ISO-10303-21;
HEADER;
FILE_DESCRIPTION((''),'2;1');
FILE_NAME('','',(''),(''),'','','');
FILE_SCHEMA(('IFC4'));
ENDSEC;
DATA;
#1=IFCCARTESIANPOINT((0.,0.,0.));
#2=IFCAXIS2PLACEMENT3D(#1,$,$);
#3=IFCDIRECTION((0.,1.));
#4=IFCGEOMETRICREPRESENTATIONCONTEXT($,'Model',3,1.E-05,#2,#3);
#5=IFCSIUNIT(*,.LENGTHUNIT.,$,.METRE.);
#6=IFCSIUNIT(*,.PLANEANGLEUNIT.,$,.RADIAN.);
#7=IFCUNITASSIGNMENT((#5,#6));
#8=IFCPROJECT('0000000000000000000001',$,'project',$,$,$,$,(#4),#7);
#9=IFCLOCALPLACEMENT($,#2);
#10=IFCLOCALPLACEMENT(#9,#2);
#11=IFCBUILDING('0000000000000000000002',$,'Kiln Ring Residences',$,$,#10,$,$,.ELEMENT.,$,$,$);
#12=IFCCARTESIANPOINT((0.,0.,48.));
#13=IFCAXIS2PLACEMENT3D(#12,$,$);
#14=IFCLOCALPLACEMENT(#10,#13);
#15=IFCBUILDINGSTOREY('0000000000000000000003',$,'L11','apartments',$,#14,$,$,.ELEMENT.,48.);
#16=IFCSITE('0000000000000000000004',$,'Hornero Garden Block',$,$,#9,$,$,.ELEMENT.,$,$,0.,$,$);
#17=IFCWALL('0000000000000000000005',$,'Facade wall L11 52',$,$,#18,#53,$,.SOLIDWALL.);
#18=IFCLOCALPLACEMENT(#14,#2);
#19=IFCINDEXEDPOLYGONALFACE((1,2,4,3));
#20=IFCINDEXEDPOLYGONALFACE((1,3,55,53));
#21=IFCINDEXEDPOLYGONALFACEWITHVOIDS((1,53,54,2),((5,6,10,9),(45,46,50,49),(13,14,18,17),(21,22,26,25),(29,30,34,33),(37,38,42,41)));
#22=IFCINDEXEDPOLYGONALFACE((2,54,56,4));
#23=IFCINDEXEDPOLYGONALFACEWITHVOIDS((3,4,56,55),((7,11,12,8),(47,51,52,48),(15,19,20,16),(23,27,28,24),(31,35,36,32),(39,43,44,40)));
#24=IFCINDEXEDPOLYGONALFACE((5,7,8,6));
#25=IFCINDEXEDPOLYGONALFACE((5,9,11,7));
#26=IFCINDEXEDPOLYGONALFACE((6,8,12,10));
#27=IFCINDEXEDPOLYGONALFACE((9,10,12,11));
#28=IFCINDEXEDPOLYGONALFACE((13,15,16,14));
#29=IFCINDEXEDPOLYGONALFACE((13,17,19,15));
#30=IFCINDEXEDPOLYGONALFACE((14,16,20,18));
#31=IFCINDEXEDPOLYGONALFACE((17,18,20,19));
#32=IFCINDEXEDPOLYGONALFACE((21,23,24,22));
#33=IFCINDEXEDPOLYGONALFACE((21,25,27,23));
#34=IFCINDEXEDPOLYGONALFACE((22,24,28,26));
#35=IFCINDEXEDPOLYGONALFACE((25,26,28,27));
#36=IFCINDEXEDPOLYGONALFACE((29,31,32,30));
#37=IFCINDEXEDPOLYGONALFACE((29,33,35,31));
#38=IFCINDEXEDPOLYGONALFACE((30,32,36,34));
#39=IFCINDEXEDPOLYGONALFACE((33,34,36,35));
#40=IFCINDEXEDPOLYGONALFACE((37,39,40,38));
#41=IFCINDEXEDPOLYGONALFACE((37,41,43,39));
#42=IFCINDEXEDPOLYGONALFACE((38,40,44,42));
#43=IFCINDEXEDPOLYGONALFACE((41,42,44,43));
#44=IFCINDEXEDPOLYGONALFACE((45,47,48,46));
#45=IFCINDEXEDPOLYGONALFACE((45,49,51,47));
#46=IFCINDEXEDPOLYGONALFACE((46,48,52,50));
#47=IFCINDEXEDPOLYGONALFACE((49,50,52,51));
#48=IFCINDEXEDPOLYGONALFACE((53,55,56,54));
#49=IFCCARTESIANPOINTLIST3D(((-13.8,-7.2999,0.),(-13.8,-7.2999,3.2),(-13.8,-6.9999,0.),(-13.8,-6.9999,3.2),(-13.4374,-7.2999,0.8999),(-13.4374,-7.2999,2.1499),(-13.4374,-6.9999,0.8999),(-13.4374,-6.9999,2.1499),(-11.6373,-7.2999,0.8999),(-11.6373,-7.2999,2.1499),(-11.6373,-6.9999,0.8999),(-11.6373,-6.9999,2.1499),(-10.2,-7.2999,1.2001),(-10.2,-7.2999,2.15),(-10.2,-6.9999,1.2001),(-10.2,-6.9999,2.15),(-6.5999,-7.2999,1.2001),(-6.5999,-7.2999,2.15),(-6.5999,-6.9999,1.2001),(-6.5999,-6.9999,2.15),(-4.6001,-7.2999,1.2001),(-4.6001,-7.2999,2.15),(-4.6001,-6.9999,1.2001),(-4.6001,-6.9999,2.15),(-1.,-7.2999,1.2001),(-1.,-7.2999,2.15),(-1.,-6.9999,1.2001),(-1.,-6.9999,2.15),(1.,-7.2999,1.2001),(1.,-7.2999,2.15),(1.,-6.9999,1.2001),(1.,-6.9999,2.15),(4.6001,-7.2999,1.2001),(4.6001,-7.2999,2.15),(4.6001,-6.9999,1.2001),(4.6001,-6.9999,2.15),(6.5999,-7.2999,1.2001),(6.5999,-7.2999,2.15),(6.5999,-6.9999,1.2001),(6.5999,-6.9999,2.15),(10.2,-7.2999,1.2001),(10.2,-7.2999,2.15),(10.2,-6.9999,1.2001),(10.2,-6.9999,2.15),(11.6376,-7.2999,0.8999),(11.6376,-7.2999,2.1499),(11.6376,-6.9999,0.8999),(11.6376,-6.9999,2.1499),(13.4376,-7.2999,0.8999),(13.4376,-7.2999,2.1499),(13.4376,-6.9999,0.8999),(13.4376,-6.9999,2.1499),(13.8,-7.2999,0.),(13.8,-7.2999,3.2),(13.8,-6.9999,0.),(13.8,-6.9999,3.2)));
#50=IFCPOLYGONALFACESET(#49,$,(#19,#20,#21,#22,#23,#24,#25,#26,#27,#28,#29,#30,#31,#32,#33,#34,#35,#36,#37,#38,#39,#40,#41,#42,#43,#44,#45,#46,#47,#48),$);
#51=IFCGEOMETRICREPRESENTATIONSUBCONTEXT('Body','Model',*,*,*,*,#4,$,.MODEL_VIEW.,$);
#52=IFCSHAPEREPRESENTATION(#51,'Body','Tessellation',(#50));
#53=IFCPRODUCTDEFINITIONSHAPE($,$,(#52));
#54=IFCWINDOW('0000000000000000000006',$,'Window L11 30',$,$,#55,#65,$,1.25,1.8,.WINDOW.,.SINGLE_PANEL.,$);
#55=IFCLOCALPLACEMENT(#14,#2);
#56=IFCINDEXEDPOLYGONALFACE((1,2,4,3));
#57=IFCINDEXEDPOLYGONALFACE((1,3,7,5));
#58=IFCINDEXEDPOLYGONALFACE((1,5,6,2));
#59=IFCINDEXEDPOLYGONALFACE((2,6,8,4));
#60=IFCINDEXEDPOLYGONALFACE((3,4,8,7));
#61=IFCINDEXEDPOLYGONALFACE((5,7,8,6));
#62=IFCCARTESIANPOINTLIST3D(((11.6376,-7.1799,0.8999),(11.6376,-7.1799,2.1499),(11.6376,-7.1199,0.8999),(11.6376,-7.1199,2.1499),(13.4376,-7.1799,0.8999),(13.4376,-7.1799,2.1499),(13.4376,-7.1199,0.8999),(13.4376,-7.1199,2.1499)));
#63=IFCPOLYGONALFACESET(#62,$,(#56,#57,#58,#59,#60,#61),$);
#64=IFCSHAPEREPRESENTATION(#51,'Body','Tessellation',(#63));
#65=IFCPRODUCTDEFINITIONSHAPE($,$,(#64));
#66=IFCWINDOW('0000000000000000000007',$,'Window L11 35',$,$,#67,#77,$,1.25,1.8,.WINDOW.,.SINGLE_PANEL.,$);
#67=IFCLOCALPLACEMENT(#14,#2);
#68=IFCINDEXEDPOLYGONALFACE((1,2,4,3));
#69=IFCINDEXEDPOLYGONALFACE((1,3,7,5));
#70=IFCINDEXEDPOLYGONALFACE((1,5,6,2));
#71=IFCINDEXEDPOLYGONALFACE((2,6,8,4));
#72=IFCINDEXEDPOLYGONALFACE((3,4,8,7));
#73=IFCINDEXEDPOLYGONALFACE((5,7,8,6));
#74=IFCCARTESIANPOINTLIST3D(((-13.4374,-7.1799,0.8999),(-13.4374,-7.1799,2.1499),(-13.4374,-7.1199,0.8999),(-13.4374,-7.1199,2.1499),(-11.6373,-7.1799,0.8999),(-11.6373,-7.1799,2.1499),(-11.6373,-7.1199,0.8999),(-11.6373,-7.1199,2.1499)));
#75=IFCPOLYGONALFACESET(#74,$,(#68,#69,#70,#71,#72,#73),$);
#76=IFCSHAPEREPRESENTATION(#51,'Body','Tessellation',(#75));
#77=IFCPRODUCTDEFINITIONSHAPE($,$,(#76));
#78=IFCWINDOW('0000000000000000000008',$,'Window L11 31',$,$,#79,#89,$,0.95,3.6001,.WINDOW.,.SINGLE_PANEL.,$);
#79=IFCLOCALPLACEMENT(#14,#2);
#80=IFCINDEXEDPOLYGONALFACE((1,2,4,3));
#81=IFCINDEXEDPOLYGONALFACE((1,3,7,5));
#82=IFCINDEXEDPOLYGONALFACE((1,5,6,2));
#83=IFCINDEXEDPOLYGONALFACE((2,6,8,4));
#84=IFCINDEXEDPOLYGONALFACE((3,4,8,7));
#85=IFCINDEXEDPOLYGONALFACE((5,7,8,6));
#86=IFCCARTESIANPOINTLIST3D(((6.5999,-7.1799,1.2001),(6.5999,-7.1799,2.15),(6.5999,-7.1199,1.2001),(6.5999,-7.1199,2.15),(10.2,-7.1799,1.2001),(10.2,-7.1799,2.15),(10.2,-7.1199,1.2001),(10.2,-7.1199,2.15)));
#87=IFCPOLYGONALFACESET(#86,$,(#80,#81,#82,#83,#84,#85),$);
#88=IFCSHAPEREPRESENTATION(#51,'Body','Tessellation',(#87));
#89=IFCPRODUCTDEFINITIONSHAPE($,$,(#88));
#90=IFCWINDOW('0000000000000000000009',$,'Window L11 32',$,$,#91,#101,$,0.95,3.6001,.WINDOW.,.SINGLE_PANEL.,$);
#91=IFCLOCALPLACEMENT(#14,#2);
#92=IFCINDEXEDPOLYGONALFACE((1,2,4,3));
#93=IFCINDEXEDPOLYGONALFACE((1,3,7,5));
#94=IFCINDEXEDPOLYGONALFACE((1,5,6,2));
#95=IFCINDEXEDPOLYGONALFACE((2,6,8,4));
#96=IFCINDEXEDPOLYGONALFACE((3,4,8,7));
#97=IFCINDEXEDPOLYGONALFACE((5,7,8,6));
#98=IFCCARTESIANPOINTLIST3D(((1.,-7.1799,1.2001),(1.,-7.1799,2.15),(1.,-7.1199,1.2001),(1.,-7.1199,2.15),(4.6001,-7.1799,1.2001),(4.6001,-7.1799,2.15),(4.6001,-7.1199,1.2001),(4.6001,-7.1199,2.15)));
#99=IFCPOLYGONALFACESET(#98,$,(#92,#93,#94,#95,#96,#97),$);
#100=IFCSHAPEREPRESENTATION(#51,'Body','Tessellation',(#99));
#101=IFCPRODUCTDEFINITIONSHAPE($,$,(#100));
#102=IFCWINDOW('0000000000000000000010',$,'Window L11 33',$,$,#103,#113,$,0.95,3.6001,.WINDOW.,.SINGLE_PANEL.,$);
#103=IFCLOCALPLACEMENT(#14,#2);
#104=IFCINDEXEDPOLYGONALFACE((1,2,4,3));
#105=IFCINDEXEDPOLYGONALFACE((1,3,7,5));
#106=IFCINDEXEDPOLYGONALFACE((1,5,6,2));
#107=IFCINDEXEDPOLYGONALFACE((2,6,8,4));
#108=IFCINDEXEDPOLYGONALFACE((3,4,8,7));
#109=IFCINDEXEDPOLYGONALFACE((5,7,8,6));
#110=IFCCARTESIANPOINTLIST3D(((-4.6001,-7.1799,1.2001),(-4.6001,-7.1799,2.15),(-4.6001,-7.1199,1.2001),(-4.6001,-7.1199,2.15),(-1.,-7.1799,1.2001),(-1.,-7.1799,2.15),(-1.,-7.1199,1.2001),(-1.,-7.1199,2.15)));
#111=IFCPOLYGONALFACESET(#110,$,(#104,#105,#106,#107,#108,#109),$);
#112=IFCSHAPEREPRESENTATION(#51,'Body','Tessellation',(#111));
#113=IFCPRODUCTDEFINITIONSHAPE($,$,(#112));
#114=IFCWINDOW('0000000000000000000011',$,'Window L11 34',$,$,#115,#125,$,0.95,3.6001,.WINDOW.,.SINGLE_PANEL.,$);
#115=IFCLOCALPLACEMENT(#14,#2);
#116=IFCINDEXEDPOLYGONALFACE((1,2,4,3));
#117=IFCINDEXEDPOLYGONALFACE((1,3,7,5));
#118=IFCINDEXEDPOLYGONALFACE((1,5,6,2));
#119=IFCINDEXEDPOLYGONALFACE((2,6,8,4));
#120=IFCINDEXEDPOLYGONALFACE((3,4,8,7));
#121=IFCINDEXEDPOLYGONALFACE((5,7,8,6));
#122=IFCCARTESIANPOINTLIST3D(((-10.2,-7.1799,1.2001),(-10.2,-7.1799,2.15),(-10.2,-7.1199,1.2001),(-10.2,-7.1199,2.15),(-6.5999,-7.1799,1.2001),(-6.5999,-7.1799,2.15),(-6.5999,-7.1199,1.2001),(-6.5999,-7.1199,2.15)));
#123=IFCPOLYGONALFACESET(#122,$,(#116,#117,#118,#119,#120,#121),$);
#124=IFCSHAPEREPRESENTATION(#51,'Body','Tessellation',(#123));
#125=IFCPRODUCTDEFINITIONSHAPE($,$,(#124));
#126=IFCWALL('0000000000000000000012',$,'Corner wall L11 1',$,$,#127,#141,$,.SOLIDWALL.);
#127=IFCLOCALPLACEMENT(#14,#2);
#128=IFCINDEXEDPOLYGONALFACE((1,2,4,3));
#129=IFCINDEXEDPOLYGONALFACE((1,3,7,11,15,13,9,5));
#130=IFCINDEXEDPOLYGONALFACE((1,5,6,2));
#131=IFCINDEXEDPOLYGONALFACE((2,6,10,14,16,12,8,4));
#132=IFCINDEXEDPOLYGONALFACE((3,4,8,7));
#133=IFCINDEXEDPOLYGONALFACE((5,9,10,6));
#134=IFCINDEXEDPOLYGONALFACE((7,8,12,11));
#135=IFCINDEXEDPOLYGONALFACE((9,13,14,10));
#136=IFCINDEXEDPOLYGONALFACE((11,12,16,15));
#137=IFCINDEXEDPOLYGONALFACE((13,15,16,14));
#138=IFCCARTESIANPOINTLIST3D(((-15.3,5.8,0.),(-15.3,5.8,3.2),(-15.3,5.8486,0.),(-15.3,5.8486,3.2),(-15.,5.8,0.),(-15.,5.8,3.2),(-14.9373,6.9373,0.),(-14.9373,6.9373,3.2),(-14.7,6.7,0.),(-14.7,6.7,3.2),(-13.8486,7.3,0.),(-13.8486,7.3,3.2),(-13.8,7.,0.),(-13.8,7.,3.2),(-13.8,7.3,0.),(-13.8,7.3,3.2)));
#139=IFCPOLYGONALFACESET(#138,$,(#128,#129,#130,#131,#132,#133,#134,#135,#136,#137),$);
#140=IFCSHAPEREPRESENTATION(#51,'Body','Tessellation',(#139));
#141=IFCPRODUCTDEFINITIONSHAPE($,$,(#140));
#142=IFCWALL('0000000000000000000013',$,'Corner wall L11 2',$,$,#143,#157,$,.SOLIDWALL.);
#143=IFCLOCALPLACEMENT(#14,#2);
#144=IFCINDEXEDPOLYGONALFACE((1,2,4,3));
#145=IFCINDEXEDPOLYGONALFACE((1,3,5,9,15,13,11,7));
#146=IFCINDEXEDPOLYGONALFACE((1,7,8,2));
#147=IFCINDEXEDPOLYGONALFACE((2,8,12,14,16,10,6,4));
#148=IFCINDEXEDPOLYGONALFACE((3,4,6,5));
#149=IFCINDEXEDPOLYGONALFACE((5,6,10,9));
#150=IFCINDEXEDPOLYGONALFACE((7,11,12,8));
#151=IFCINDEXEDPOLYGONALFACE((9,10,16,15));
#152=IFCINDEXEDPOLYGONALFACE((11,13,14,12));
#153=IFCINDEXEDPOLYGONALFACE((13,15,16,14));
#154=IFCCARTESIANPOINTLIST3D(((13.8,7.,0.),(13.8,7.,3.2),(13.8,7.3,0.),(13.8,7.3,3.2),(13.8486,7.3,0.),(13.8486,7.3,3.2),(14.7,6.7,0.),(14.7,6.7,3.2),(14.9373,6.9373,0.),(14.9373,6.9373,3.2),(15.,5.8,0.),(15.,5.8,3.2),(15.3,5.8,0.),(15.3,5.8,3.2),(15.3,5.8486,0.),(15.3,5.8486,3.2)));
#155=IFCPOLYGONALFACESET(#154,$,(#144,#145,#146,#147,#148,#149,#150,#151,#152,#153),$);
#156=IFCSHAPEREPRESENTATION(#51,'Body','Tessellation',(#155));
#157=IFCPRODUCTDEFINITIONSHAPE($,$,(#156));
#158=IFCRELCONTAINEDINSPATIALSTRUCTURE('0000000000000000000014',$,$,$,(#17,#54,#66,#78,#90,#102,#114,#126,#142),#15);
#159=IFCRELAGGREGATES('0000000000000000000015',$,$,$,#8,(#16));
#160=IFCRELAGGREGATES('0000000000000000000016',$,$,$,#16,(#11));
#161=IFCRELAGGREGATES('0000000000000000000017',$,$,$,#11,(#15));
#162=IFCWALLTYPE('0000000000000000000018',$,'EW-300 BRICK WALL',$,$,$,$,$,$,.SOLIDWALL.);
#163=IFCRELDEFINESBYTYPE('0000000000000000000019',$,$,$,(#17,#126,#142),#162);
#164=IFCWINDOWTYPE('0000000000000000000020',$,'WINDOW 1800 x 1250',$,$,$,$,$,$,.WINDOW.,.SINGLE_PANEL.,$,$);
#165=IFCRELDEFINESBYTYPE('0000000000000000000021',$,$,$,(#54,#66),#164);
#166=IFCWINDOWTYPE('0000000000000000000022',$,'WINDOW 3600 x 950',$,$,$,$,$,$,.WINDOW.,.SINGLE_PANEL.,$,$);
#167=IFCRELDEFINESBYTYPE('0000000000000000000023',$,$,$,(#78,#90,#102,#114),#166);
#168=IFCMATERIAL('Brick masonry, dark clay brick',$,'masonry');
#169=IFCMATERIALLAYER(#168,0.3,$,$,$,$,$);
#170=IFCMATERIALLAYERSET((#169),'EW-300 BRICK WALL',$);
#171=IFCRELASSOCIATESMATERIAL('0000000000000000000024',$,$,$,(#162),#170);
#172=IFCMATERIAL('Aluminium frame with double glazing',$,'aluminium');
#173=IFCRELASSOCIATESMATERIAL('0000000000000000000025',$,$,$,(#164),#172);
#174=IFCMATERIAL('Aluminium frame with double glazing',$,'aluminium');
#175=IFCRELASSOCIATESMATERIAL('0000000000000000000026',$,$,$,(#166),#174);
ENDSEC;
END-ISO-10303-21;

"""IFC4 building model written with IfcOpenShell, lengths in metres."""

from ifc_helpers import new_model, si_unit, direction, frame, frame_2d, origin, place, context, subcontext, project, spatial, polyline, rectangle, outline, extrude, material, layer, layer_set, type_object, element, fill, save


model = new_model("IFC4")

# Units and contexts
model_context = context("Model", 3, precision=1e-05, world=origin(), true_north=direction((0.0, 1.0)))
body_context = subcontext(model_context, "Body", "Model", "MODEL_VIEW")
ifc_project = project(units=[si_unit("LENGTHUNIT", "METRE"), si_unit("PLANEANGLEUNIT", "RADIAN")], contexts=[model_context])

# Site, building, storey
site_placement = place(None, origin())
site = spatial("IfcSite", under=ifc_project, at=site_placement, Name="Hornero Garden Block", CompositionType="ELEMENT", RefElevation=0.0)
building_placement = place(site_placement, origin())
building = spatial("IfcBuilding", under=site, at=building_placement, Name="Kiln Ring Residences", CompositionType="ELEMENT")
storey_placement = place(building_placement, frame((0.0, 0.0, 48.0)))
storey = spatial("IfcBuildingStorey", under=building, at=storey_placement, Name="L11", Description="apartments", CompositionType="ELEMENT", Elevation=48.0)

# Shared definitions
placement_1 = place(storey_placement, origin())

# Wall, openings, windows
ifc_material_1 = material(Name="Brick masonry, dark clay brick", Category="masonry")
ifc_layer_1 = layer(ifc_material_1, 0.3)
ifc_layer_set_1 = layer_set([ifc_layer_1], Name="EW-300 BRICK WALL")
wall_type_1 = type_object("IfcWallType", Name="EW-300 BRICK WALL", PredefinedType="SOLIDWALL", material=ifc_layer_set_1)
wall_1_placement = place(storey_placement, frame((13.8, -7.1499, 0.0), z_axis=(0.0, 0.0, 1.0), x_axis=(-1.0, 0.0, 0.0)))
wall_1 = element("IfcWall", 1, at=wall_1_placement, inside=storey, type_object=wall_type_1, Name="Facade wall L11 52", PredefinedType="SOLIDWALL", context=body_context, shape_type="SweptSolid", body=[
    extrude(rectangle(XDim=27.6001, YDim=0.3, at=frame_2d((13.8, 0.0))), origin(), (0.0, 0.0, 1.0), 3.2),
])
opening_1_placement = place(wall_1_placement, frame((0.3625, 0.0, 0.8999)))
opening_1 = element("IfcOpeningElement", 2, at=opening_1_placement, cuts=wall_1, PredefinedType="OPENING", context=body_context, shape_type="SweptSolid", body=[
    extrude(rectangle(XDim=1.8, YDim=1.25, at=frame_2d((0.8999, 0.625))), frame((0.0, 0.1599, 0.0), z_axis=(0.0, -1.0, 0.0), x_axis=(1.0, 0.0, 0.0)), (0.0, 0.0, 1.0), 0.3201),
])
opening_2_placement = place(wall_1_placement, frame((3.6001, 0.0, 1.2)))
opening_2 = element("IfcOpeningElement", 3, at=opening_2_placement, cuts=wall_1, PredefinedType="OPENING", context=body_context, shape_type="SweptSolid", body=[
    extrude(rectangle(XDim=3.6001, YDim=0.95, at=frame_2d((1.8, 0.4751))), frame((0.0, 0.1599, 0.0), z_axis=(0.0, -1.0, 0.0), x_axis=(1.0, 0.0, 0.0)), (0.0, 0.0, 1.0), 0.3201),
])
opening_3_placement = place(wall_1_placement, frame((9.2, 0.0, 1.2)))
opening_3 = element("IfcOpeningElement", 4, at=opening_3_placement, cuts=wall_1, PredefinedType="OPENING", context=body_context, shape_type="SweptSolid", body=[
    extrude(rectangle(XDim=3.6001, YDim=0.95, at=frame_2d((1.8, 0.4751))), frame((0.0, 0.1599, 0.0), z_axis=(0.0, -1.0, 0.0), x_axis=(1.0, 0.0, 0.0)), (0.0, 0.0, 1.0), 0.3201),
])
opening_4_placement = place(wall_1_placement, frame((14.8, 0.0, 1.2)))
opening_4 = element("IfcOpeningElement", 5, at=opening_4_placement, cuts=wall_1, PredefinedType="OPENING", context=body_context, shape_type="SweptSolid", body=[
    extrude(rectangle(XDim=3.6001, YDim=0.95, at=frame_2d((1.8, 0.4751))), frame((0.0, 0.1599, 0.0), z_axis=(0.0, -1.0, 0.0), x_axis=(1.0, 0.0, 0.0)), (0.0, 0.0, 1.0), 0.3201),
])
opening_5_placement = place(wall_1_placement, frame((20.3999, 0.0, 1.2)))
opening_5 = element("IfcOpeningElement", 6, at=opening_5_placement, cuts=wall_1, PredefinedType="OPENING", context=body_context, shape_type="SweptSolid", body=[
    extrude(rectangle(XDim=3.6001, YDim=0.95, at=frame_2d((1.8, 0.4751))), frame((0.0, 0.1599, 0.0), z_axis=(0.0, -1.0, 0.0), x_axis=(1.0, 0.0, 0.0)), (0.0, 0.0, 1.0), 0.3201),
])
opening_6_placement = place(wall_1_placement, frame((25.4375, 0.0, 0.8999)))
opening_6 = element("IfcOpeningElement", 7, at=opening_6_placement, cuts=wall_1, PredefinedType="OPENING", context=body_context, shape_type="SweptSolid", body=[
    extrude(rectangle(XDim=1.8, YDim=1.25, at=frame_2d((0.8999, 0.625))), frame((0.0, 0.1599, 0.0), z_axis=(0.0, -1.0, 0.0), x_axis=(1.0, 0.0, 0.0)), (0.0, 0.0, 1.0), 0.3201),
])
ifc_material_2 = material(Name="Aluminium frame with double glazing", Category="aluminium")
window_type_1 = type_object("IfcWindowType", Name="WINDOW 1800 x 1250", PartitioningType="SINGLE_PANEL", PredefinedType="WINDOW", material=ifc_material_2)
window_1_placement = place(opening_1_placement, origin())
window_1 = element("IfcWindow", 8, at=window_1_placement, inside=storey, type_object=window_type_1, Name="Window L11 30", OverallHeight=1.25, OverallWidth=1.8, PartitioningType="SINGLE_PANEL", PredefinedType="WINDOW", context=body_context, shape_type="SweptSolid", body=[
    extrude(rectangle(XDim=1.8, YDim=1.25, at=frame_2d((0.8999, 0.625))), frame((0.0, 0.03, 0.0), z_axis=(0.0, -1.0, 0.0), x_axis=(1.0, 0.0, 0.0)), (0.0, 0.0, 1.0), 0.0601),
])
fill(opening_1, window_1)
window_2_placement = place(opening_6_placement, origin())
window_2 = element("IfcWindow", 9, at=window_2_placement, inside=storey, type_object=window_type_1, Name="Window L11 35", OverallHeight=1.25, OverallWidth=1.8, PartitioningType="SINGLE_PANEL", PredefinedType="WINDOW", context=body_context, shape_type="SweptSolid", body=[
    extrude(rectangle(XDim=1.8, YDim=1.25, at=frame_2d((0.8999, 0.625))), frame((0.0, 0.03, 0.0), z_axis=(0.0, -1.0, 0.0), x_axis=(1.0, 0.0, 0.0)), (0.0, 0.0, 1.0), 0.0601),
])
fill(opening_6, window_2)
ifc_material_3 = material(Name="Aluminium frame with double glazing", Category="aluminium")
window_type_2 = type_object("IfcWindowType", Name="WINDOW 3600 x 950", PartitioningType="SINGLE_PANEL", PredefinedType="WINDOW", material=ifc_material_3)
window_3_placement = place(opening_2_placement, origin())
window_3 = element("IfcWindow", 10, at=window_3_placement, inside=storey, type_object=window_type_2, Name="Window L11 31", OverallHeight=0.95, OverallWidth=3.6001, PartitioningType="SINGLE_PANEL", PredefinedType="WINDOW", context=body_context, shape_type="SweptSolid", body=[
    extrude(rectangle(XDim=3.6001, YDim=0.95, at=frame_2d((1.8, 0.4751))), frame((0.0, 0.03, 0.0), z_axis=(0.0, -1.0, 0.0), x_axis=(1.0, 0.0, 0.0)), (0.0, 0.0, 1.0), 0.0601),
])
fill(opening_2, window_3)
window_4_placement = place(opening_3_placement, origin())
window_4 = element("IfcWindow", 11, at=window_4_placement, inside=storey, type_object=window_type_2, Name="Window L11 32", OverallHeight=0.95, OverallWidth=3.6001, PartitioningType="SINGLE_PANEL", PredefinedType="WINDOW", context=body_context, shape_type="SweptSolid", body=[
    extrude(rectangle(XDim=3.6001, YDim=0.95, at=frame_2d((1.8, 0.4751))), frame((0.0, 0.03, 0.0), z_axis=(0.0, -1.0, 0.0), x_axis=(1.0, 0.0, 0.0)), (0.0, 0.0, 1.0), 0.0601),
])
fill(opening_3, window_4)
window_5_placement = place(opening_4_placement, origin())
window_5 = element("IfcWindow", 12, at=window_5_placement, inside=storey, type_object=window_type_2, Name="Window L11 33", OverallHeight=0.95, OverallWidth=3.6001, PartitioningType="SINGLE_PANEL", PredefinedType="WINDOW", context=body_context, shape_type="SweptSolid", body=[
    extrude(rectangle(XDim=3.6001, YDim=0.95, at=frame_2d((1.8, 0.4751))), frame((0.0, 0.03, 0.0), z_axis=(0.0, -1.0, 0.0), x_axis=(1.0, 0.0, 0.0)), (0.0, 0.0, 1.0), 0.0601),
])
fill(opening_4, window_5)
window_6_placement = place(opening_5_placement, origin())
window_6 = element("IfcWindow", 13, at=window_6_placement, inside=storey, type_object=window_type_2, Name="Window L11 34", OverallHeight=0.95, OverallWidth=3.6001, PartitioningType="SINGLE_PANEL", PredefinedType="WINDOW", context=body_context, shape_type="SweptSolid", body=[
    extrude(rectangle(XDim=3.6001, YDim=0.95, at=frame_2d((1.8, 0.4751))), frame((0.0, 0.03, 0.0), z_axis=(0.0, -1.0, 0.0), x_axis=(1.0, 0.0, 0.0)), (0.0, 0.0, 1.0), 0.0601),
])
fill(opening_5, window_6)

# Walls
element("IfcWall", 14, at=placement_1, inside=storey, type_object=wall_type_1, Name="Corner wall L11 1", PredefinedType="SOLIDWALL", context=body_context, shape_type="SweptSolid", body=[
    extrude(outline(polyline([(-13.8486, 7.3), (-14.9373, 6.9373), (-15.3, 5.8486), (-15.3, 5.8), (-15.0, 5.8), (-14.7, 6.7), (-13.8, 7.0), (-13.8, 7.3), (-13.8486, 7.3)])), origin(), (0.0, 0.0, 1.0), 3.2),
])
element("IfcWall", 15, at=placement_1, inside=storey, type_object=wall_type_1, Name="Corner wall L11 2", PredefinedType="SOLIDWALL", context=body_context, shape_type="SweptSolid", body=[
    extrude(outline(polyline([(14.9373, 6.9373), (13.8486, 7.3), (13.8, 7.3), (13.8, 7.0), (14.7, 6.7), (15.0, 5.8), (15.3, 5.8), (15.3, 5.8486), (14.9373, 6.9373)])), origin(), (0.0, 0.0, 1.0), 3.2),
])

save(model, "model.ifc")
